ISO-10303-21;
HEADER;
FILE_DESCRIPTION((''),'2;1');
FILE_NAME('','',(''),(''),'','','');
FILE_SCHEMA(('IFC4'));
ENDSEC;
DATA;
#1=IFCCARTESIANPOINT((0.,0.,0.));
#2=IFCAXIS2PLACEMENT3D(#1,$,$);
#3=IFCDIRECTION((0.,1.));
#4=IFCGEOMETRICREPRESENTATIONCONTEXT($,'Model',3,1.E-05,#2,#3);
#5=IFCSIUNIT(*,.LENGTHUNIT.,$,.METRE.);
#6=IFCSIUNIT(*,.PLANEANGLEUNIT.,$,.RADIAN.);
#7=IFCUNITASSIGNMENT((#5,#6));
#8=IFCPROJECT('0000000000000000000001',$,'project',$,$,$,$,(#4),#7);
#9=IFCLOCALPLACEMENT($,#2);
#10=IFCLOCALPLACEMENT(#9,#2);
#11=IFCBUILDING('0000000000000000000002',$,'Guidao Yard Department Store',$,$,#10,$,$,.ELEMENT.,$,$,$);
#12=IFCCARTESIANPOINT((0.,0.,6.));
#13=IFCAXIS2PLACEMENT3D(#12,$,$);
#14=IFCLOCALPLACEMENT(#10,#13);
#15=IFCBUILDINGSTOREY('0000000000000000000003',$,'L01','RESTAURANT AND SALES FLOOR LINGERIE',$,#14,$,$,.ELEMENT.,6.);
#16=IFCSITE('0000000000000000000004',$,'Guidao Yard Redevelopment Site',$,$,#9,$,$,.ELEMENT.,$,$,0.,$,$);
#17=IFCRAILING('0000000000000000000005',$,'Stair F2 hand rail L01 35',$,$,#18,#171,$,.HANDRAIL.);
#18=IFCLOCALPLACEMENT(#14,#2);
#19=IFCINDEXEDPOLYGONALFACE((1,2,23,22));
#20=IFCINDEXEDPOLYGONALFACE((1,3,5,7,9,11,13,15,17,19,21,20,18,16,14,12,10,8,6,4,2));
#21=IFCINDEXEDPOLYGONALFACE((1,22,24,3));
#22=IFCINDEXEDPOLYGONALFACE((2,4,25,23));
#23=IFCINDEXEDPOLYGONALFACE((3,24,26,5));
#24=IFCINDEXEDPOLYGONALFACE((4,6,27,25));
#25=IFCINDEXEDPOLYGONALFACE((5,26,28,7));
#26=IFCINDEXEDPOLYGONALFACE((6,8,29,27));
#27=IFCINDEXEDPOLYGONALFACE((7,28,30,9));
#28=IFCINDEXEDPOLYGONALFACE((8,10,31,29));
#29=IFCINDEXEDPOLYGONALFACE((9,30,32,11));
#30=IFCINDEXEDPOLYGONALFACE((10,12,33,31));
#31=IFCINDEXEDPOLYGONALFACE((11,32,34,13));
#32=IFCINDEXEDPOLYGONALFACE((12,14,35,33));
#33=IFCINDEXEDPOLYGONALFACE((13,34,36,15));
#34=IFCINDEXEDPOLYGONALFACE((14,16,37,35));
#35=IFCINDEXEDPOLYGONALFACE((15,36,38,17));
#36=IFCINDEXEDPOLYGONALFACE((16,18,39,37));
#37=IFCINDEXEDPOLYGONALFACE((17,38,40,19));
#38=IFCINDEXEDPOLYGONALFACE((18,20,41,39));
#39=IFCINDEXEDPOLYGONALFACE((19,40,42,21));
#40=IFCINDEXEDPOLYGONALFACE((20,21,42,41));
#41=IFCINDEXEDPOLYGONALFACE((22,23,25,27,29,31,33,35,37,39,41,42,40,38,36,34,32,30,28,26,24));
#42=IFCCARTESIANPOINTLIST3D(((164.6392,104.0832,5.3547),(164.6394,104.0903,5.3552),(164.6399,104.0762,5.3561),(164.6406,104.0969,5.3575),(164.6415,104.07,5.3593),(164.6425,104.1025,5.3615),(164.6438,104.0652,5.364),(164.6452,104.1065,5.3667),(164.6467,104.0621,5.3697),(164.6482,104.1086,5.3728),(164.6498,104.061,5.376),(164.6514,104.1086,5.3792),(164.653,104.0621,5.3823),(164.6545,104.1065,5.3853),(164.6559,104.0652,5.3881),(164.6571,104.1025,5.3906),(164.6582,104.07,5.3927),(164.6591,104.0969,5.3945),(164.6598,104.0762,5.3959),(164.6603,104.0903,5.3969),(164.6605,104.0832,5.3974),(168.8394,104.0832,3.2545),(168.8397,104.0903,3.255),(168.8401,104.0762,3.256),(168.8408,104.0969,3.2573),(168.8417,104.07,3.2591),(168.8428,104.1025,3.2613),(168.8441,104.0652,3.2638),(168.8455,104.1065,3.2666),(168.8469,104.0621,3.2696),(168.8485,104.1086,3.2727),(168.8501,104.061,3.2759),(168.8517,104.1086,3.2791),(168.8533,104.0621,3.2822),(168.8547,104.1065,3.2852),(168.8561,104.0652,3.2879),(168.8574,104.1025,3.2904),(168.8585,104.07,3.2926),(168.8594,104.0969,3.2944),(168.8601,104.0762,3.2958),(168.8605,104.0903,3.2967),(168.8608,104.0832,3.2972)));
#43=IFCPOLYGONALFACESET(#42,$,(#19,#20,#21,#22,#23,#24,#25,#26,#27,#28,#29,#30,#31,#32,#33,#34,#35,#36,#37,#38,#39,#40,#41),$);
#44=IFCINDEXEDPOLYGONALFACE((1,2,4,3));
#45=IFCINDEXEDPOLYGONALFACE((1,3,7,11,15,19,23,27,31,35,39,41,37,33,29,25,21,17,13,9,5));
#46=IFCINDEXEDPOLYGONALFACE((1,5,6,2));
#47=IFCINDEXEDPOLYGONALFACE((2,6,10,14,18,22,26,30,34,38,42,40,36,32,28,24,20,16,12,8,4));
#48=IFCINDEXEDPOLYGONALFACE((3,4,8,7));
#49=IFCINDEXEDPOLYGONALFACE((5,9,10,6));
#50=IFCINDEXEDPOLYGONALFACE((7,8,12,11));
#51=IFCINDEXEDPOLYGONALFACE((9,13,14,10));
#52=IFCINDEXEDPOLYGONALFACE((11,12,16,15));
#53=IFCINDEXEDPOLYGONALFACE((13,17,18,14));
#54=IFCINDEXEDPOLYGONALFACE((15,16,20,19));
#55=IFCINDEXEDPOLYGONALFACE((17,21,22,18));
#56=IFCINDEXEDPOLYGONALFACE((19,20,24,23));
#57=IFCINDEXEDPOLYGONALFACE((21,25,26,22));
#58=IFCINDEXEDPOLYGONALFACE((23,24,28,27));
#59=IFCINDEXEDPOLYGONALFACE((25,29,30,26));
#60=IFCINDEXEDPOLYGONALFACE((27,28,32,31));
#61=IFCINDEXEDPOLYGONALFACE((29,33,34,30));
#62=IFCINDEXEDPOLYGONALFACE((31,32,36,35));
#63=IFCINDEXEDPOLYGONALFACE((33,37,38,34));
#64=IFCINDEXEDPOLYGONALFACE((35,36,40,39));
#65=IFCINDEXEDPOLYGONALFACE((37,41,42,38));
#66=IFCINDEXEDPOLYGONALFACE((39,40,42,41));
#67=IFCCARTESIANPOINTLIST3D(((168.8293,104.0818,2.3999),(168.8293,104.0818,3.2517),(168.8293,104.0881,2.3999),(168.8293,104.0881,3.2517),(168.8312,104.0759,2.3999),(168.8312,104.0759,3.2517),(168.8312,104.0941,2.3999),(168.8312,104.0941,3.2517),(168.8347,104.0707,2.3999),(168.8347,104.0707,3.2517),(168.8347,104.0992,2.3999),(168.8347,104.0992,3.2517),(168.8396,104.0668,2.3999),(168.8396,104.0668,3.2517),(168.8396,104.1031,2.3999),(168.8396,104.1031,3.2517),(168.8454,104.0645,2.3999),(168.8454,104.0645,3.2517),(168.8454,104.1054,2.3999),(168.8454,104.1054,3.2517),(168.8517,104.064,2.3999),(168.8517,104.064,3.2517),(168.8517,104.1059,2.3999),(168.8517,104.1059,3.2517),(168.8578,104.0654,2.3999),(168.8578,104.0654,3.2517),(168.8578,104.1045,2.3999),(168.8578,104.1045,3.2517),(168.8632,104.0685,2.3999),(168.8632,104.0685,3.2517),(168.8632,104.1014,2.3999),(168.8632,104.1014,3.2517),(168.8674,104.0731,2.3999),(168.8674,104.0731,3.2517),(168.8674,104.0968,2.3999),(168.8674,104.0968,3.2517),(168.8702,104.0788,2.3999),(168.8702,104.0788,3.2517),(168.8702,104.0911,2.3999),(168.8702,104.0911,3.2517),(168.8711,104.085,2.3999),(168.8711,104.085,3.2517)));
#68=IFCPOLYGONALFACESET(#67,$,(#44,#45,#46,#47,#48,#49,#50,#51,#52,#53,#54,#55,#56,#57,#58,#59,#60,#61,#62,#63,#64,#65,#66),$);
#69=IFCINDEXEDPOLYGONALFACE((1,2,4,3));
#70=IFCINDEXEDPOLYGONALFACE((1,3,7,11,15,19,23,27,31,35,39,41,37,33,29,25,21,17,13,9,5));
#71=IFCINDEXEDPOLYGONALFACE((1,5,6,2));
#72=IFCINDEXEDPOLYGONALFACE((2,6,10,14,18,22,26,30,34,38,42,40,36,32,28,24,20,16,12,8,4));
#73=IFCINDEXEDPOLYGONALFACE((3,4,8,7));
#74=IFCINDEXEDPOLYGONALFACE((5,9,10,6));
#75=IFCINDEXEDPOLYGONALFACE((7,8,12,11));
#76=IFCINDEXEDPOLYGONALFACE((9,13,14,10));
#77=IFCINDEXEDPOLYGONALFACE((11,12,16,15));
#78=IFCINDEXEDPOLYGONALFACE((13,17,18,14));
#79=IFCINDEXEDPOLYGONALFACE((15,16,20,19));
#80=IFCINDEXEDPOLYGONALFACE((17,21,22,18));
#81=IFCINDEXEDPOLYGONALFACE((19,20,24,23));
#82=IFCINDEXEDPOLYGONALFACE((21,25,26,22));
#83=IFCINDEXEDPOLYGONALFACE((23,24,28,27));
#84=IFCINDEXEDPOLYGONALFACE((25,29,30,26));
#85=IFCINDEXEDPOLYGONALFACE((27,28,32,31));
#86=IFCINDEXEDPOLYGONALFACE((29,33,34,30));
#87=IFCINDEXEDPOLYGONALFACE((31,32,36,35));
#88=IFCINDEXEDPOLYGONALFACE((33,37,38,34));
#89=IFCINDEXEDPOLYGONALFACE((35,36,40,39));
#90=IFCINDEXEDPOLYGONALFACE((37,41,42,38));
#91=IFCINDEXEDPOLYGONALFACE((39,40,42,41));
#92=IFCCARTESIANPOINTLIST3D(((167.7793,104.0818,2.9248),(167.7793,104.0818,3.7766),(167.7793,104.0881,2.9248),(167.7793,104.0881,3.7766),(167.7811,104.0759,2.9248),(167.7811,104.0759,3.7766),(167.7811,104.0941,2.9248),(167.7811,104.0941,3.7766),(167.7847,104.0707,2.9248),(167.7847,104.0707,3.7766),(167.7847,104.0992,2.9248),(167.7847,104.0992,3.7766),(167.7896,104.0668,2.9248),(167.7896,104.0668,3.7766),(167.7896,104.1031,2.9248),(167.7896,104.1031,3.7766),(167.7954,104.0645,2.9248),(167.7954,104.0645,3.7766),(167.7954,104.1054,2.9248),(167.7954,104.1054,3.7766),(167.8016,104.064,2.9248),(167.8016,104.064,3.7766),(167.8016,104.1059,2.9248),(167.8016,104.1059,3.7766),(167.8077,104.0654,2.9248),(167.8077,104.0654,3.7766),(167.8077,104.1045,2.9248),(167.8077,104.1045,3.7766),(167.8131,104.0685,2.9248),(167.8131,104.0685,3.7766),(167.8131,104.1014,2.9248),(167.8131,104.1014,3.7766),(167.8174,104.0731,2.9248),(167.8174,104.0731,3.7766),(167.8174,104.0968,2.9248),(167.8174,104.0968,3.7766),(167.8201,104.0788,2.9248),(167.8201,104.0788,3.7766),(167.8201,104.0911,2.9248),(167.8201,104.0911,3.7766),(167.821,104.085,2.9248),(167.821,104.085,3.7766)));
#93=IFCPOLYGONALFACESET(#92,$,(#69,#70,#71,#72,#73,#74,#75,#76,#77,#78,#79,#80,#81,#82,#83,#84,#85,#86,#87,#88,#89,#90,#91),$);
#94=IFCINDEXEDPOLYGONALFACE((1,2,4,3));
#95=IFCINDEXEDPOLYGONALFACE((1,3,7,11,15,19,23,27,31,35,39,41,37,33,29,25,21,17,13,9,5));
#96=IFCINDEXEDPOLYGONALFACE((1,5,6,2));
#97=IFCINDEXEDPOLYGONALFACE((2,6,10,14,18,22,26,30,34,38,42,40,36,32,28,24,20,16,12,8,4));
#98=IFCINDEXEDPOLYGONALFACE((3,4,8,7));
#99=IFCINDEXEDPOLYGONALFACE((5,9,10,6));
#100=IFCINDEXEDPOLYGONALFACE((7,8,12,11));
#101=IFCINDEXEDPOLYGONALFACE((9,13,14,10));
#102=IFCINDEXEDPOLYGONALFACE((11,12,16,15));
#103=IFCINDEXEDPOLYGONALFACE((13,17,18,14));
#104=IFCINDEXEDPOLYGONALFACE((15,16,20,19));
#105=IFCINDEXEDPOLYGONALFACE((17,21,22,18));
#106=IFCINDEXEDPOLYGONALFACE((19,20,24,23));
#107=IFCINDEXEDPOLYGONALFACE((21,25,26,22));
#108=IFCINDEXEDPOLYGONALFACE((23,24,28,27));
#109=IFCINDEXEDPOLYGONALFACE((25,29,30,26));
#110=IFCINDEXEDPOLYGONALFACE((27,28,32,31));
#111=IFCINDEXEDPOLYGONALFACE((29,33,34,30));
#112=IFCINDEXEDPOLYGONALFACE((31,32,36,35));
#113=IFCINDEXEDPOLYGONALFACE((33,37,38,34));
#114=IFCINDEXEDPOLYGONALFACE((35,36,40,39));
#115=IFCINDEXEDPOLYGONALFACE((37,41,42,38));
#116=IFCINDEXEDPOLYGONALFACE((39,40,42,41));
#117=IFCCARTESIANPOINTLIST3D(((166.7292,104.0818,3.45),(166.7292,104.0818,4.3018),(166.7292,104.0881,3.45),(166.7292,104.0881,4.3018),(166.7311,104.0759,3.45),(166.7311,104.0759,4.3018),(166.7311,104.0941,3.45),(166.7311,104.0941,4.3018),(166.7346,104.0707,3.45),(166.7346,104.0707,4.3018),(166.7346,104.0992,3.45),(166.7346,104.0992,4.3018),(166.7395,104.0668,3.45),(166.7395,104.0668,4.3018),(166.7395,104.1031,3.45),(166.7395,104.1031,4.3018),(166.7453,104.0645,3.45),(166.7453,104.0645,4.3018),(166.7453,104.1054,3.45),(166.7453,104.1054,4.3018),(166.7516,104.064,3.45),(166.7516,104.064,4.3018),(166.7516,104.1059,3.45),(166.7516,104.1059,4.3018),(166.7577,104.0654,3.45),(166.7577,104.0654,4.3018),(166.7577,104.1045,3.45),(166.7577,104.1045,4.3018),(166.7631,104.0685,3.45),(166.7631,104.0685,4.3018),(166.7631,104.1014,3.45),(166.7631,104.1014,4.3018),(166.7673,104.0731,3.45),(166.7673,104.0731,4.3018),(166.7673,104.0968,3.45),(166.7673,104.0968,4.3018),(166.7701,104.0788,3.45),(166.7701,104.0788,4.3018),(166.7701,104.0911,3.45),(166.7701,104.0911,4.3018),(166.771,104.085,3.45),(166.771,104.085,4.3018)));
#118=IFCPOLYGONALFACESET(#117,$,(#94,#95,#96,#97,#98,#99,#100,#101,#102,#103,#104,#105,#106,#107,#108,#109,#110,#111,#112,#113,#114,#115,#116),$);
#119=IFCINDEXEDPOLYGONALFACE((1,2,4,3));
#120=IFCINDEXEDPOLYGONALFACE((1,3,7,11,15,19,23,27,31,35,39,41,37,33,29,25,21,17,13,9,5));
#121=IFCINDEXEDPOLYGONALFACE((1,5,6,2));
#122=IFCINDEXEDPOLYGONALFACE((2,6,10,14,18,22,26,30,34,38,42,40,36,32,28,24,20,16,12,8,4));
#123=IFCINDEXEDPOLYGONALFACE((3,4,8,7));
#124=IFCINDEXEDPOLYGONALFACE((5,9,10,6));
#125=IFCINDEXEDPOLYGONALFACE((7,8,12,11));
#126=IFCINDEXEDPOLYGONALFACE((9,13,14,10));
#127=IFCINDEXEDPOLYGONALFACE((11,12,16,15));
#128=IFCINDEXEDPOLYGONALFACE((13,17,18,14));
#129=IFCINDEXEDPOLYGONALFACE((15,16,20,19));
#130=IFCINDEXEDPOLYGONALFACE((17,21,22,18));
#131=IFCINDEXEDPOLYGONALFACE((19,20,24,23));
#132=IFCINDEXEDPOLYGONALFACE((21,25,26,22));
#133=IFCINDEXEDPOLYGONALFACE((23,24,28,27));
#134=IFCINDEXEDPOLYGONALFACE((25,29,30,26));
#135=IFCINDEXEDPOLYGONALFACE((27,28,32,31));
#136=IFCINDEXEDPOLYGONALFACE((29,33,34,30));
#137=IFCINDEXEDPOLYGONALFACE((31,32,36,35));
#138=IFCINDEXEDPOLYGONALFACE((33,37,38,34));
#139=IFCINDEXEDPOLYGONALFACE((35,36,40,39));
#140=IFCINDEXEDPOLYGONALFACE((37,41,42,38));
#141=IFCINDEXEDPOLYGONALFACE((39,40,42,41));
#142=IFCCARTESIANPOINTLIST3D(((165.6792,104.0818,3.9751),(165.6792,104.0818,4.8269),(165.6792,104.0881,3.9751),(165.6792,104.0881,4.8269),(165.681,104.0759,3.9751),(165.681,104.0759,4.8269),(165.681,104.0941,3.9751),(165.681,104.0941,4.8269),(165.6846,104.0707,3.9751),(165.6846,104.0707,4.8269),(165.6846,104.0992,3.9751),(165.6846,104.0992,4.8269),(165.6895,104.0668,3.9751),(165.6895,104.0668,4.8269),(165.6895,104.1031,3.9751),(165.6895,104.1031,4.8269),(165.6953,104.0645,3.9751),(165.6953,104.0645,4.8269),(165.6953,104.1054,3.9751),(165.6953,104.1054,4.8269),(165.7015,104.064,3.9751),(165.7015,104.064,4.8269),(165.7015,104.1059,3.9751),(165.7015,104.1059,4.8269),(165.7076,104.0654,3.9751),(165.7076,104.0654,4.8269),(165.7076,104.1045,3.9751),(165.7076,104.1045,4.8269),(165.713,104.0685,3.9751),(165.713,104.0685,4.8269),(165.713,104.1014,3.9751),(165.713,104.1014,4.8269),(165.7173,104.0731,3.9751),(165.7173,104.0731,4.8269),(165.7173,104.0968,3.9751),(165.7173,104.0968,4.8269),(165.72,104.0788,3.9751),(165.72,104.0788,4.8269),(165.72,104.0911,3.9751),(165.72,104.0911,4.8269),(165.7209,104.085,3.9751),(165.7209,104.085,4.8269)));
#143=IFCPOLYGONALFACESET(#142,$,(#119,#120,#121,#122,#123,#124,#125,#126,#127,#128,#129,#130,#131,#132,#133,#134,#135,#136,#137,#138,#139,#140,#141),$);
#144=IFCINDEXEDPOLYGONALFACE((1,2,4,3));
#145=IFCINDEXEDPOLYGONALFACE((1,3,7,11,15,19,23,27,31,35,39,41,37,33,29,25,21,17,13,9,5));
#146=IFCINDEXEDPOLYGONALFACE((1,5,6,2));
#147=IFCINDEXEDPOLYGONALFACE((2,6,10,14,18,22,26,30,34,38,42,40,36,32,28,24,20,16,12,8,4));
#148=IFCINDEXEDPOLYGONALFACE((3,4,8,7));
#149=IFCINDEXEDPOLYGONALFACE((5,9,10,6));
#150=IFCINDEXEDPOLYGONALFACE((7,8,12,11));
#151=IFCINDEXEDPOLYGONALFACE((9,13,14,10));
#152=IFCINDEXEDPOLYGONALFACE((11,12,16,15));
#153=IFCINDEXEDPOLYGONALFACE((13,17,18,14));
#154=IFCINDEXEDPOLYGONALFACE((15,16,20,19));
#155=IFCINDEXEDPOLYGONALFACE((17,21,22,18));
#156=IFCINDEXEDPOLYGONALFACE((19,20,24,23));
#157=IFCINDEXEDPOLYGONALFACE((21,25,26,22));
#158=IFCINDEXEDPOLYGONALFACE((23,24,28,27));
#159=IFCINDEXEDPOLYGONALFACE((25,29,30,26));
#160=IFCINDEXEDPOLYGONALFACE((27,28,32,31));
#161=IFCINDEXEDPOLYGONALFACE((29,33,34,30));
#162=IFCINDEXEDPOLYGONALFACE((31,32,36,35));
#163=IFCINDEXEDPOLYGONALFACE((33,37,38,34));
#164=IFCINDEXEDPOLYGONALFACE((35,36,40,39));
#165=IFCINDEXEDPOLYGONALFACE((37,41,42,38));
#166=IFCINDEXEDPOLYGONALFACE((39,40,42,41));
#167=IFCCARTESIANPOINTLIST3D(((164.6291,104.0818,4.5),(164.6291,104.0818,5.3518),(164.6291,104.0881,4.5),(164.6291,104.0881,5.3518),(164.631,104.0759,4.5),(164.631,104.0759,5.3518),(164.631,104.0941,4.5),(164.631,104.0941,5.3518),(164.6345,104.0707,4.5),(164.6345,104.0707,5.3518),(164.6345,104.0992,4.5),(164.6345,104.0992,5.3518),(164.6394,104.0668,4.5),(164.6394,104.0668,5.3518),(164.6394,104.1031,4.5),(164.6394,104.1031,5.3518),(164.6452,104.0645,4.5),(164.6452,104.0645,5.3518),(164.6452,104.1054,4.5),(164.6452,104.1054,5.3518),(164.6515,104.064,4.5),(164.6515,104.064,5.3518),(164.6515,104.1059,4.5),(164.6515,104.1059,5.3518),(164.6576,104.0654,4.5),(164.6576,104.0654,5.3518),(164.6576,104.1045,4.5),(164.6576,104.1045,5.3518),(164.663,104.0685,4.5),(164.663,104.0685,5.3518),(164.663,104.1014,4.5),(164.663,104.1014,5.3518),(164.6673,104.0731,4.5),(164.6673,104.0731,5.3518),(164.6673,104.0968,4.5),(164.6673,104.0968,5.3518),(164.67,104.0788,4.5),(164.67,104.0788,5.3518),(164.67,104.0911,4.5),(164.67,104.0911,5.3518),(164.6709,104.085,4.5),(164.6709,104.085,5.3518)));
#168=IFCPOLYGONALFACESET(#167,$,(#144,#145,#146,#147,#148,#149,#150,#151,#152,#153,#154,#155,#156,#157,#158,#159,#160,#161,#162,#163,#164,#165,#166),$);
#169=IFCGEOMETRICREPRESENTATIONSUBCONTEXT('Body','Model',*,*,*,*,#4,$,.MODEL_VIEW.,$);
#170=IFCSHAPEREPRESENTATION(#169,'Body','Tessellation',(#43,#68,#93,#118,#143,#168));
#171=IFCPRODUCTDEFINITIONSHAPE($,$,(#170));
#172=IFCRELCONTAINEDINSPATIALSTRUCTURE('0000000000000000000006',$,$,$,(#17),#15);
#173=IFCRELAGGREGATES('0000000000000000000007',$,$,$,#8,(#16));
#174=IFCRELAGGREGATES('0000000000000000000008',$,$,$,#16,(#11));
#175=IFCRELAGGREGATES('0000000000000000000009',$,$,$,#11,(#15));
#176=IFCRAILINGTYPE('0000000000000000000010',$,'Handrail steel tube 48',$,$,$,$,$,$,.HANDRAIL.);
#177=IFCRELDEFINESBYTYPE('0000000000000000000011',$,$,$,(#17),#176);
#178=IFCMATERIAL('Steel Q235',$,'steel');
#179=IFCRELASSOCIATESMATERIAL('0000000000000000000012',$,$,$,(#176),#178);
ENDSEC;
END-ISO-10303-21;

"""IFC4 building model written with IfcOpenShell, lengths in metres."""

from ifc_helpers import new_model, si_unit, direction, frame, origin, origin_2d, place, context, subcontext, project, spatial, circle, extrude, material, type_object, element, save


model = new_model("IFC4")

# Units and contexts
model_context = context("Model", 3, precision=1e-05, world=origin(), true_north=direction((0.0, 1.0)))
body_context = subcontext(model_context, "Body", "Model", "MODEL_VIEW")
ifc_project = project(units=[si_unit("LENGTHUNIT", "METRE"), si_unit("PLANEANGLEUNIT", "RADIAN")], contexts=[model_context])

# Site, building, storey
site_placement = place(None, origin())
site = spatial("IfcSite", under=ifc_project, at=site_placement, Name="Guidao Yard Redevelopment Site", CompositionType="ELEMENT", RefElevation=0.0)
building_placement = place(site_placement, origin())
building = spatial("IfcBuilding", under=site, at=building_placement, Name="Guidao Yard Department Store", CompositionType="ELEMENT")
storey_placement = place(building_placement, frame((0.0, 0.0, 6.0)))
storey = spatial("IfcBuildingStorey", under=building, at=storey_placement, Name="L01", Description="RESTAURANT AND SALES FLOOR LINGERIE", CompositionType="ELEMENT", Elevation=6.0)

# Railing
ifc_material_1 = material(Name="Steel Q235", Category="steel")
railing_type_1 = type_object("IfcRailingType", Name="Handrail steel tube 48", PredefinedType="HANDRAIL", material=ifc_material_1)
for number, where, name in (
    (1, (168.8501, 104.085, 2.3999), "Stair F2 hand rail L01 35"),
):
    element("IfcRailing", number, at=place(storey_placement, frame(where)), inside=storey, type_object=railing_type_1, Name=name, PredefinedType="HANDRAIL", context=body_context, shape_type="SweptSolid", body=[
        extrude(circle(Radius=0.0239, at=origin_2d()), frame((0.0, 0.0, 0.876), z_axis=(-0.894427, 0.0, 0.447214), x_axis=(0.0, -1.0, 0.0)), (0.0, 0.0, 1.0), 4.696),
        extrude(circle(Radius=0.021, at=origin_2d()), origin(), (0.0, 0.0, 1.0), 0.8518),
        extrude(circle(Radius=0.021, at=origin_2d()), frame((-1.05, 0.0, 0.5249)), (0.0, 0.0, 1.0), 0.8518),
        extrude(circle(Radius=0.021, at=origin_2d()), frame((-2.1001, 0.0, 1.05)), (0.0, 0.0, 1.0), 0.8518),
        extrude(circle(Radius=0.021, at=origin_2d()), frame((-3.1501, 0.0, 1.5752)), (0.0, 0.0, 1.0), 0.8518),
        extrude(circle(Radius=0.021, at=origin_2d()), frame((-4.2002, 0.0, 2.1001)), (0.0, 0.0, 1.0), 0.8518),
    ])

save(model, "model.ifc")
